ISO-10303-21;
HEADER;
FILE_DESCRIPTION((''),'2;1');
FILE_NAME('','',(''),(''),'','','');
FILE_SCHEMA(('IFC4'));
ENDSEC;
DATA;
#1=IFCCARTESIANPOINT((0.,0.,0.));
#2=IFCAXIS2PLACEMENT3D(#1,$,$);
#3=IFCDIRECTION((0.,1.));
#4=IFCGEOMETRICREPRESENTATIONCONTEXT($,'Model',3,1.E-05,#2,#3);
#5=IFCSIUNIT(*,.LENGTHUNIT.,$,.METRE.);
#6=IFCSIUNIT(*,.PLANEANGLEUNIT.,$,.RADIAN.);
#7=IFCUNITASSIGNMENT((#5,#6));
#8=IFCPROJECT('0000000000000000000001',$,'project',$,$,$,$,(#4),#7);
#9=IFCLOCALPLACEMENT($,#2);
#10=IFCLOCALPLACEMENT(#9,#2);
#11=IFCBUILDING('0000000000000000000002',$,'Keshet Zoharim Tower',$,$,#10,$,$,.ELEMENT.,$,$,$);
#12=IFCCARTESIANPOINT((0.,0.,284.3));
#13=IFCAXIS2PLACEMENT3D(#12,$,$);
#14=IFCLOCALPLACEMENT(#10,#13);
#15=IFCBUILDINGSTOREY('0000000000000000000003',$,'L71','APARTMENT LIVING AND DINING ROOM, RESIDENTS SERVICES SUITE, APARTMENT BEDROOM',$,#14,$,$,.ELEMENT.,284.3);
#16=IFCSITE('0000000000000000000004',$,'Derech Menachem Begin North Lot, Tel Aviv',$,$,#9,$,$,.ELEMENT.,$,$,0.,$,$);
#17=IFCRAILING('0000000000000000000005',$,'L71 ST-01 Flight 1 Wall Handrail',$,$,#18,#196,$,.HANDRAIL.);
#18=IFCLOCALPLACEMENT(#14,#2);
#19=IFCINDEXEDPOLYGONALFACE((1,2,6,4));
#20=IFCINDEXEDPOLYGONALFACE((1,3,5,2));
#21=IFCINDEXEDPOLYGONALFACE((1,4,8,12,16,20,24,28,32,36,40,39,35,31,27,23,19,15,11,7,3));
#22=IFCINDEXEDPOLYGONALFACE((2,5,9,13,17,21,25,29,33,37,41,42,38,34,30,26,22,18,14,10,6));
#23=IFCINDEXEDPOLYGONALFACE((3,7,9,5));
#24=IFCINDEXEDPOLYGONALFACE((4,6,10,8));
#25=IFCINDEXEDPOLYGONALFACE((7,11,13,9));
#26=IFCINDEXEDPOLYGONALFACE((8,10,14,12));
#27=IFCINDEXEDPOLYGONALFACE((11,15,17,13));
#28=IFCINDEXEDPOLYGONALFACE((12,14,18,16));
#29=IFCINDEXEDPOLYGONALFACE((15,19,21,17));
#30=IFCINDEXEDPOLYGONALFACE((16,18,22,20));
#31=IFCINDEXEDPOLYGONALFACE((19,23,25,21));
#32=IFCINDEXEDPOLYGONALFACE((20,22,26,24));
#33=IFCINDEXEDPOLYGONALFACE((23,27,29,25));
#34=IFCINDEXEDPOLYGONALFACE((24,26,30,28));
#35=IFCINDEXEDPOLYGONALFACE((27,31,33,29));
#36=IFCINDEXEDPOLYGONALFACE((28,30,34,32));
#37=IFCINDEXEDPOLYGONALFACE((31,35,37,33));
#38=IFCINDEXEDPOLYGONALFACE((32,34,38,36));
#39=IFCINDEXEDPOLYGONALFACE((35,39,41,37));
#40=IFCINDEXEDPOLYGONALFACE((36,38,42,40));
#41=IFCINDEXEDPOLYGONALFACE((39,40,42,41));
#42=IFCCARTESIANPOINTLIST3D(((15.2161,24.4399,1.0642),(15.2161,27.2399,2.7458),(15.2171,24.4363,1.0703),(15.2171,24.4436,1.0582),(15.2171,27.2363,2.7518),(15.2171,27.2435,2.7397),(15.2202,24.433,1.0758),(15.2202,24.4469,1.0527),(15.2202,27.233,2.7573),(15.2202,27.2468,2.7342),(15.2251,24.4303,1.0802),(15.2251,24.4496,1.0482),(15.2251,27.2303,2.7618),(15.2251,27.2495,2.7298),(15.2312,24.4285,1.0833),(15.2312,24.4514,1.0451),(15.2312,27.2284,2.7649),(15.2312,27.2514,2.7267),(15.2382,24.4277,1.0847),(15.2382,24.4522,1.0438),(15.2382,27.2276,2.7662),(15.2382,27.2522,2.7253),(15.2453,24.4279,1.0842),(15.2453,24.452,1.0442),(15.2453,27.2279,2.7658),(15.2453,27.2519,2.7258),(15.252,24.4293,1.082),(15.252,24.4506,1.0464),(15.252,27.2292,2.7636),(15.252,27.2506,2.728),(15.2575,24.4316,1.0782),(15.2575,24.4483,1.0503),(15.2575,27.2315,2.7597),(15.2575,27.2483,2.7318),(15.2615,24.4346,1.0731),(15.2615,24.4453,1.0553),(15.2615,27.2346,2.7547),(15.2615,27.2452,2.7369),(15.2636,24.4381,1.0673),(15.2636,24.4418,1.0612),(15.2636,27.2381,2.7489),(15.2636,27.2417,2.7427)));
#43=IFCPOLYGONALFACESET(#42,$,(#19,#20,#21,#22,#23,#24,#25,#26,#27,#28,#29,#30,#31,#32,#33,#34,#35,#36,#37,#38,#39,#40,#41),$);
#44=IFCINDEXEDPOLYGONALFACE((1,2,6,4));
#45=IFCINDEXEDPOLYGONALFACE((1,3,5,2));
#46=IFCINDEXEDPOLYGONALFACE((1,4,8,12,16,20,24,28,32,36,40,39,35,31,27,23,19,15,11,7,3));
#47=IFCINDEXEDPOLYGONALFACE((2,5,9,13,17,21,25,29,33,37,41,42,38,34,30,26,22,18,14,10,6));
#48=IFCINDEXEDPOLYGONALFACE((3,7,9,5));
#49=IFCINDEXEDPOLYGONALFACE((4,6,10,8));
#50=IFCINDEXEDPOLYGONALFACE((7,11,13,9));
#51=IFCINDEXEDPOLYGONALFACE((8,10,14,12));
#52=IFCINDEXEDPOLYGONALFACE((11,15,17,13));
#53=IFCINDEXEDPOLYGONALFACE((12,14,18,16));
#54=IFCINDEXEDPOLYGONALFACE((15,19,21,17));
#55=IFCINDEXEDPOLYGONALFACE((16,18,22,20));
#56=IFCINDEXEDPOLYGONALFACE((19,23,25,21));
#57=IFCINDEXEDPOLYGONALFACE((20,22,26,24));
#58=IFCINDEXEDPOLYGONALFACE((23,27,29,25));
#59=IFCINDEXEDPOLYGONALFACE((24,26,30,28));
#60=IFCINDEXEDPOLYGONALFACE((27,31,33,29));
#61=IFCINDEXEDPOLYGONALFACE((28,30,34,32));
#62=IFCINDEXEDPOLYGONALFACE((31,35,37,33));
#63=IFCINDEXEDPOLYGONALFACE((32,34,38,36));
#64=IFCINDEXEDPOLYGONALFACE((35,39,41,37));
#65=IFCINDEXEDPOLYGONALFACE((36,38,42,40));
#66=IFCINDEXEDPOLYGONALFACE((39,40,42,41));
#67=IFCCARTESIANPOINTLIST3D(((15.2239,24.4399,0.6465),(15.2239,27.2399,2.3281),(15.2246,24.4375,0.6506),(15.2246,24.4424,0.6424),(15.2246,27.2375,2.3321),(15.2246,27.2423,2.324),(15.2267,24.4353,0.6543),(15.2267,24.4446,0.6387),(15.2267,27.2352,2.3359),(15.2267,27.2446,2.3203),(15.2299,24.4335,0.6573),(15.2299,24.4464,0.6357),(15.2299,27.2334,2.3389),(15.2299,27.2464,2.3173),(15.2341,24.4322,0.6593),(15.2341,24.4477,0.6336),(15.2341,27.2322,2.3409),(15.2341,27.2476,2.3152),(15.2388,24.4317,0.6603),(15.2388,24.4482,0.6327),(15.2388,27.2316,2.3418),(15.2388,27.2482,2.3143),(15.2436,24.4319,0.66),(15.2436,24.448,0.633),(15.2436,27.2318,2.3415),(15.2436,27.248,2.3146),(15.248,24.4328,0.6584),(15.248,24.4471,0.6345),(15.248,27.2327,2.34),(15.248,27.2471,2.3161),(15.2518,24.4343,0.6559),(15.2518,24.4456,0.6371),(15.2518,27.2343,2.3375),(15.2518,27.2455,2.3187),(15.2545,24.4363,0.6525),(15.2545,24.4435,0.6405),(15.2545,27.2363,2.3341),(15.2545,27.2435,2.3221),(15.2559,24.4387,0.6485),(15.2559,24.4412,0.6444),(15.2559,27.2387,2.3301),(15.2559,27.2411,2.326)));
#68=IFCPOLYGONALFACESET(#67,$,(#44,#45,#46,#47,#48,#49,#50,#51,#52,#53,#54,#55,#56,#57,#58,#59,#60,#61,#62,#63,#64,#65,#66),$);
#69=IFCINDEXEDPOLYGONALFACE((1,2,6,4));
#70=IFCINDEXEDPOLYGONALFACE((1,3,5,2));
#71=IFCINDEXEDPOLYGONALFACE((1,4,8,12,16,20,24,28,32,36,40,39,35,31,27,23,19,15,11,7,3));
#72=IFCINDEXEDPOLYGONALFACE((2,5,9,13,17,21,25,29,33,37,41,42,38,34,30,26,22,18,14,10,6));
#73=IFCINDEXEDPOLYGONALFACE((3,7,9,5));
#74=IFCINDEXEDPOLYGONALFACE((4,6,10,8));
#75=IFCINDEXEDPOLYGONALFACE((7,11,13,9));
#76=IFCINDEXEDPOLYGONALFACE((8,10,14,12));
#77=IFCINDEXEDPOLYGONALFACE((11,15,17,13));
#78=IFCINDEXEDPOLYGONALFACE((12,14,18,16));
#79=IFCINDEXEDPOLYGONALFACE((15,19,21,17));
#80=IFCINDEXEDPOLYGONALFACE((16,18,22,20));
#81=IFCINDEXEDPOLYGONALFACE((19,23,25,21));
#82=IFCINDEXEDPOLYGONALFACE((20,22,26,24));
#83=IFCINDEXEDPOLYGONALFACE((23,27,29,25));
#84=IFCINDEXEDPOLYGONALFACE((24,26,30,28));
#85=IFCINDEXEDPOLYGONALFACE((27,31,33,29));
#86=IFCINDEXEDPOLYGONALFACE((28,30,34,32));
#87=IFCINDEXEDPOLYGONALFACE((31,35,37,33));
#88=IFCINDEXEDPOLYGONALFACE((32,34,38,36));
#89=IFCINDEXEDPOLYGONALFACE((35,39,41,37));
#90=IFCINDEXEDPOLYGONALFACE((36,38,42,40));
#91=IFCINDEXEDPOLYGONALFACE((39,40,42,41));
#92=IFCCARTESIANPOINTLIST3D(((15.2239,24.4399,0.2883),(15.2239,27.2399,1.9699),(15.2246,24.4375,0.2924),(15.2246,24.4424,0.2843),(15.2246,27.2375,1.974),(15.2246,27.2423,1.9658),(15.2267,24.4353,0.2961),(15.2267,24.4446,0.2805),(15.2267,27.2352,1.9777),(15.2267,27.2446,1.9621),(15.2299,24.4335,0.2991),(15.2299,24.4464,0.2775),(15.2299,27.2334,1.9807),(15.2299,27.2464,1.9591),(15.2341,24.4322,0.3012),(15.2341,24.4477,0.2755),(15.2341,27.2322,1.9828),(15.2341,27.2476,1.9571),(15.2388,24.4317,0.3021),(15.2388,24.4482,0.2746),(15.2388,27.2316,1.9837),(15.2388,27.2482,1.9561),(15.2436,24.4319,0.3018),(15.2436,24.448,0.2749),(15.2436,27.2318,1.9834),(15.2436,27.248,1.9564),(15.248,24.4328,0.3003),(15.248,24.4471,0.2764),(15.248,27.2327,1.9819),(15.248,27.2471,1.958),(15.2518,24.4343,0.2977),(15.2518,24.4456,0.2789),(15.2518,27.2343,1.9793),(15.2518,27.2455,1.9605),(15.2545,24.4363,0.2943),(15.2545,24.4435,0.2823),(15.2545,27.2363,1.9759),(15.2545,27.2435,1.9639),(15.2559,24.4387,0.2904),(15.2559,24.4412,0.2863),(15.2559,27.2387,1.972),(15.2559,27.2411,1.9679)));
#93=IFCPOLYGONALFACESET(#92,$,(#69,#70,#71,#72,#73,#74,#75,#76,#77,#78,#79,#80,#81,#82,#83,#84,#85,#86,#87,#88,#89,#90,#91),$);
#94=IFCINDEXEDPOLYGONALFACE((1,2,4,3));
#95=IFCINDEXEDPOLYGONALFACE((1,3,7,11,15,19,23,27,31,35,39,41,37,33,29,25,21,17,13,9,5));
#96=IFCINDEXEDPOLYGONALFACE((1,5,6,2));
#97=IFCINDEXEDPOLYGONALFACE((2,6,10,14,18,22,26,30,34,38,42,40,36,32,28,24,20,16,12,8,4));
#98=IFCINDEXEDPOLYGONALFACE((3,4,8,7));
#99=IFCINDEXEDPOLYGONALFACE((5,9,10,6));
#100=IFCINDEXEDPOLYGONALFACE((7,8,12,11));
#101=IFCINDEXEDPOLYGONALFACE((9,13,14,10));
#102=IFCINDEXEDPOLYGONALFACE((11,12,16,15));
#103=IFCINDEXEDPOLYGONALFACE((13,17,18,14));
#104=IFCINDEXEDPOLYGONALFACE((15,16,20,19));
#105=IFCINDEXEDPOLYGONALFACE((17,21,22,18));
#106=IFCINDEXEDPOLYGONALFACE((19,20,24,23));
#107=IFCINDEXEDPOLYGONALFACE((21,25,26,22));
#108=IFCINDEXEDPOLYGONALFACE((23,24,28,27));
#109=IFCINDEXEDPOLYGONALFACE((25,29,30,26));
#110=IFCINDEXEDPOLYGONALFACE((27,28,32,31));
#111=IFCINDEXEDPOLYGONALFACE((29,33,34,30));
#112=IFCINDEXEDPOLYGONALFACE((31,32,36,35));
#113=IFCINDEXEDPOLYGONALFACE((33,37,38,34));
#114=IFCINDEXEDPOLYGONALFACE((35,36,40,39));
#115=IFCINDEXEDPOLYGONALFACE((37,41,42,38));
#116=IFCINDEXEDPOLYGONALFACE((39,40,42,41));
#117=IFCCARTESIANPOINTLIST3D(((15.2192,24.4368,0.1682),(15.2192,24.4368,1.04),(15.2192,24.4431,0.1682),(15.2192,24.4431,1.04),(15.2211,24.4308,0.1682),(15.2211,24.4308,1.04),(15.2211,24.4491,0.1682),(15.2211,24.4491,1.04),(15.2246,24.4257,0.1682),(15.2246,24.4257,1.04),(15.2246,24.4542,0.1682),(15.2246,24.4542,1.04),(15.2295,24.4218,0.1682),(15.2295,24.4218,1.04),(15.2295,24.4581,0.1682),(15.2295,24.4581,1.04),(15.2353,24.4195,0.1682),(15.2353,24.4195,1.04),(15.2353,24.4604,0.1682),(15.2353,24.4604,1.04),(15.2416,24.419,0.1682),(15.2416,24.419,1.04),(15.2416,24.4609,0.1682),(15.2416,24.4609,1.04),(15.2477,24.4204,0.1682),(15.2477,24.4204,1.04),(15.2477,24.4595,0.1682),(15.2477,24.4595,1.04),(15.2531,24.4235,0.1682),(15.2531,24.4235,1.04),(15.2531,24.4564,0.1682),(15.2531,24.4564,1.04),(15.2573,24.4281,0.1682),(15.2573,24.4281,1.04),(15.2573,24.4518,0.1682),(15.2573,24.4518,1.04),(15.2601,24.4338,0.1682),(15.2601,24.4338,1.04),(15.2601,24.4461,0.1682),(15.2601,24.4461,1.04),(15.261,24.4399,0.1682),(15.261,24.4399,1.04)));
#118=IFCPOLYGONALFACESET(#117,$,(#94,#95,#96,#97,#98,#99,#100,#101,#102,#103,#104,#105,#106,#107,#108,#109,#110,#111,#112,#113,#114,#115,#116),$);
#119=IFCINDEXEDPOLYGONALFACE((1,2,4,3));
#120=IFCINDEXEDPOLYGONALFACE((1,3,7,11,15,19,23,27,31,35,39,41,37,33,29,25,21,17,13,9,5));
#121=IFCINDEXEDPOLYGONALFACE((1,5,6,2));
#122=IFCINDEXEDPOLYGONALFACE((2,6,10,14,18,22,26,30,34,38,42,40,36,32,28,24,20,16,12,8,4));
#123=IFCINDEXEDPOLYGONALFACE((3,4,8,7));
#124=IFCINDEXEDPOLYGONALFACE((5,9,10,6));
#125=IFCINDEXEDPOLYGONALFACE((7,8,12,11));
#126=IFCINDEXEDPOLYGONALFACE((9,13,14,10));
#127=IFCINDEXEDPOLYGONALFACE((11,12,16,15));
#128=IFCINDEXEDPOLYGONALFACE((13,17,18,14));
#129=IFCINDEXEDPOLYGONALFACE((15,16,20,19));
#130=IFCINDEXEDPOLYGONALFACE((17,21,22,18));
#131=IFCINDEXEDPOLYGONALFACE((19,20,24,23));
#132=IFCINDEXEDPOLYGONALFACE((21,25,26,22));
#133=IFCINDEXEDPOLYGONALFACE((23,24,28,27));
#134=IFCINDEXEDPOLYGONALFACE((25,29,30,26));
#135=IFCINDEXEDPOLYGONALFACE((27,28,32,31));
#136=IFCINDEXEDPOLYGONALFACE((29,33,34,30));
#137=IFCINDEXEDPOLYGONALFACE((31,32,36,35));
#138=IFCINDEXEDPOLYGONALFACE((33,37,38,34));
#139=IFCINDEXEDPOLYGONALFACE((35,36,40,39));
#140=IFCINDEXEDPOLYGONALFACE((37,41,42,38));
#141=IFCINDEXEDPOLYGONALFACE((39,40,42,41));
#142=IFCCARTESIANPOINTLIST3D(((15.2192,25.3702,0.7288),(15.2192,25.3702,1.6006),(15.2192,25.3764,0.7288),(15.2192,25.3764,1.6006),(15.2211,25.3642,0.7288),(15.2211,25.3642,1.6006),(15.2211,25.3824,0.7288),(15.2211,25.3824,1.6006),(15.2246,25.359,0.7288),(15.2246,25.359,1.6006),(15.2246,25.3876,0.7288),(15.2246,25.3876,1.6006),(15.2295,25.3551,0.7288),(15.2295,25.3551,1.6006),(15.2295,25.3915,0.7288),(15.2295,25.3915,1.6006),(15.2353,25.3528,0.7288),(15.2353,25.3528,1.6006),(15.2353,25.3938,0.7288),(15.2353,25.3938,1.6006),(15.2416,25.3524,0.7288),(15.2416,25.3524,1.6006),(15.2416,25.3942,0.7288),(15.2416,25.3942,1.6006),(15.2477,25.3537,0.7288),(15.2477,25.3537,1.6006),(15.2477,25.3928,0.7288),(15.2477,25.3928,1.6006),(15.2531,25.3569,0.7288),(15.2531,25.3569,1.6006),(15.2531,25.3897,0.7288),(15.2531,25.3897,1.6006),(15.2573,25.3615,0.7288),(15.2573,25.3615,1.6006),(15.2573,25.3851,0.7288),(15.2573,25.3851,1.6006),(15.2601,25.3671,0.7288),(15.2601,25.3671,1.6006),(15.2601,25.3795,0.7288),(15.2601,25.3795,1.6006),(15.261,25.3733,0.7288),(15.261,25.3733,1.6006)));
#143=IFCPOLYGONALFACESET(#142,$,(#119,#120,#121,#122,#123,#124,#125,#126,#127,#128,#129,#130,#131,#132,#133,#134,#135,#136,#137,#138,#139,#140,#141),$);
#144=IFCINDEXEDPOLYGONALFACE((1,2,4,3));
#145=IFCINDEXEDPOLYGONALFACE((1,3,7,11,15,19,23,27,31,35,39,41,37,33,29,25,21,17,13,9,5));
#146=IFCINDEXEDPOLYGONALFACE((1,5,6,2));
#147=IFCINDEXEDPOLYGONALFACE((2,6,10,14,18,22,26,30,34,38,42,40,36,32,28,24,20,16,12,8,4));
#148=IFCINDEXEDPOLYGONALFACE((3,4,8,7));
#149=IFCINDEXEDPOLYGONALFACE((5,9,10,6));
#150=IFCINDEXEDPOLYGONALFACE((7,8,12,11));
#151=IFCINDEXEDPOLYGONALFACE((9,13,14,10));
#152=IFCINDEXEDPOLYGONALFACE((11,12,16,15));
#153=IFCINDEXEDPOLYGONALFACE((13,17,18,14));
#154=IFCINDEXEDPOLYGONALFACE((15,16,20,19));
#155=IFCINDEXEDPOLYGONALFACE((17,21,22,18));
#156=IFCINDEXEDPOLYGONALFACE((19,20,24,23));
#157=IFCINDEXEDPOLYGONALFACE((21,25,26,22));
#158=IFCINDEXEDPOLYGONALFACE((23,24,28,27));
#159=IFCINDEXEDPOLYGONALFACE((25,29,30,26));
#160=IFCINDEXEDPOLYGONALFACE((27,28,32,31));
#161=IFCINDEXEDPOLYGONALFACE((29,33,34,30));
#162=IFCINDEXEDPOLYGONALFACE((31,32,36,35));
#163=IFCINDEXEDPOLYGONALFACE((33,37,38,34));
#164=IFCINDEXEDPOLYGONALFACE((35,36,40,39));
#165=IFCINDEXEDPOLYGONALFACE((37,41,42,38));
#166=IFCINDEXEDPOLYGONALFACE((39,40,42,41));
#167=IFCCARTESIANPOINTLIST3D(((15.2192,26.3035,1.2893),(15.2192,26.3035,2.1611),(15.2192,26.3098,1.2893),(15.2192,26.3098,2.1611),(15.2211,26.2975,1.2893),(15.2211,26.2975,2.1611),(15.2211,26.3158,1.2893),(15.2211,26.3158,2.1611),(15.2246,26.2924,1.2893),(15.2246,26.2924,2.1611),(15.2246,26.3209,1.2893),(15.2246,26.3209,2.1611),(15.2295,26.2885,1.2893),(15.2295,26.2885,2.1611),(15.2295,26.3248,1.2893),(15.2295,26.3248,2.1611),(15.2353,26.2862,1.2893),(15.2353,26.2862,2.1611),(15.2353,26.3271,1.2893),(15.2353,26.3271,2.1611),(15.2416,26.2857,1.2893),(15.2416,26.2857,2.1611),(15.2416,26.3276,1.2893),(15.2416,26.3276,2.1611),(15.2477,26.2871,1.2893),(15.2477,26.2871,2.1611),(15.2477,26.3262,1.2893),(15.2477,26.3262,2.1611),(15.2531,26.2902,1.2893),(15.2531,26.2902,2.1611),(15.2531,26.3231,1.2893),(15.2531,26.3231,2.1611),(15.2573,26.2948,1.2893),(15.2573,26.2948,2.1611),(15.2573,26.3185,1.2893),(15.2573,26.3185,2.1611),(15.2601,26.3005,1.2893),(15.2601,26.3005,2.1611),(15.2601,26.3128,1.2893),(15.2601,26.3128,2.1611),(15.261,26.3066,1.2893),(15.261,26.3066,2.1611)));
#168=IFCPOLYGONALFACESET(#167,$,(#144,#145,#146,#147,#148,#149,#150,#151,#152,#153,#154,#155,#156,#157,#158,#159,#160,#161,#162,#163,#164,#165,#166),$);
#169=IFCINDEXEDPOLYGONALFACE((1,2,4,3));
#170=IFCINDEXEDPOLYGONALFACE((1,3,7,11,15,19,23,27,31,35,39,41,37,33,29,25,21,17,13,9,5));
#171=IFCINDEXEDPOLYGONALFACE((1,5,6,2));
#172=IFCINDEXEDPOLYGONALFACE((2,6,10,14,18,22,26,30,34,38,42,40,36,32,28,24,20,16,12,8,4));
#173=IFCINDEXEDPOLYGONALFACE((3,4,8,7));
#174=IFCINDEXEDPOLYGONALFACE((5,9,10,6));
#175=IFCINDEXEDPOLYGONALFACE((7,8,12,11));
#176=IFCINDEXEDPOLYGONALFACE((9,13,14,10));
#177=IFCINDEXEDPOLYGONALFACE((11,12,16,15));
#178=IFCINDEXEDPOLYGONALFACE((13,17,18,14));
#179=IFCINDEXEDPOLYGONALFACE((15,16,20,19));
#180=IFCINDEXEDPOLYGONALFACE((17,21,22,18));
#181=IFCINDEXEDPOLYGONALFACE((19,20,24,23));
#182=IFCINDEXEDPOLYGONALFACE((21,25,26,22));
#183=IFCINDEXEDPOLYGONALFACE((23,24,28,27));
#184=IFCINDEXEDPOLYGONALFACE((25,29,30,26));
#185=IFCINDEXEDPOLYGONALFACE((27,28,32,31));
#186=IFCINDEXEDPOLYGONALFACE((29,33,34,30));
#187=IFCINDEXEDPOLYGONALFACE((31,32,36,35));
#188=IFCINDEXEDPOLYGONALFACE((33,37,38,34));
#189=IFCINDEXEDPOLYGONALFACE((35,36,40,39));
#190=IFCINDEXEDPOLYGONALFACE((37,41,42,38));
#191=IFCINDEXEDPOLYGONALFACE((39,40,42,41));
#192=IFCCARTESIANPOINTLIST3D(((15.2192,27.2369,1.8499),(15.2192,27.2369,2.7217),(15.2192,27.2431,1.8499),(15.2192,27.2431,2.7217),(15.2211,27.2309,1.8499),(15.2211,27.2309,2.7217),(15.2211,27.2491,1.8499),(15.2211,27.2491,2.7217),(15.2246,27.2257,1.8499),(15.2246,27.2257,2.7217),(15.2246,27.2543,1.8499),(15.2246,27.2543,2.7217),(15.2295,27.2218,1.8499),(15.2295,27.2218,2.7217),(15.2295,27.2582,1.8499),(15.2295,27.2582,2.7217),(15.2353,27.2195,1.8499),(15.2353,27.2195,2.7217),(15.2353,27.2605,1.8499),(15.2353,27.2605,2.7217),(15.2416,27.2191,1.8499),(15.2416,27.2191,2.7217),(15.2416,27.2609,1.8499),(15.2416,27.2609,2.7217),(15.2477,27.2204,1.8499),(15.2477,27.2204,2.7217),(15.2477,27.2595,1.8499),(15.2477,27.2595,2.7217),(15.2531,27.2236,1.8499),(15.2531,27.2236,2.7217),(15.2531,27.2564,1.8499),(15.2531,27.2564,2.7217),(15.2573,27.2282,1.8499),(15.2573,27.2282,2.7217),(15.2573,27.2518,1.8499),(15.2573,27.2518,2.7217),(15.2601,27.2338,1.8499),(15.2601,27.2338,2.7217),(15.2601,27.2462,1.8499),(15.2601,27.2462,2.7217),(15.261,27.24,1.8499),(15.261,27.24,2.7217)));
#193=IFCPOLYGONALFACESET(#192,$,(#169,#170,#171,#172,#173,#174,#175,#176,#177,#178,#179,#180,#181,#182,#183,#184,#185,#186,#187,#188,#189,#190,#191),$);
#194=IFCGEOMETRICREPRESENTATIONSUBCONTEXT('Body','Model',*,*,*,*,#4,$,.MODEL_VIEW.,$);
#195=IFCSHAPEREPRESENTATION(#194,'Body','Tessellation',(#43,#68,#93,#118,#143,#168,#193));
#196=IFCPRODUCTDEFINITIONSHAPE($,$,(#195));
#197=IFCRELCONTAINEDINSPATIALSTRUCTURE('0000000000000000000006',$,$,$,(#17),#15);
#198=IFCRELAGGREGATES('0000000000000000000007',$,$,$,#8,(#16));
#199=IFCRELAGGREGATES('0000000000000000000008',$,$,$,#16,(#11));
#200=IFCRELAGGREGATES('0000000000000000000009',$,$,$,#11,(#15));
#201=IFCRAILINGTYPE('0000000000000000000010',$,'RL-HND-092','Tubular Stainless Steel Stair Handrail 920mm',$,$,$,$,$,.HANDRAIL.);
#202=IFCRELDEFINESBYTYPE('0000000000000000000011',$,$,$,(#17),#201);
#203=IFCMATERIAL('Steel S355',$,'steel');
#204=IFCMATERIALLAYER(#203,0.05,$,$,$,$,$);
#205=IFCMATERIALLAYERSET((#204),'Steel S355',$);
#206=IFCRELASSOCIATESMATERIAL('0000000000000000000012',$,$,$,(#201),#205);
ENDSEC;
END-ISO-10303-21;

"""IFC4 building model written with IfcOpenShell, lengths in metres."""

from ifc_helpers import new_model, si_unit, direction, frame, origin, origin_2d, place, context, subcontext, project, spatial, circle, extrude, material, layer, layer_set, type_object, element, save


model = new_model("IFC4")

# Units and contexts
model_context = context("Model", 3, precision=1e-05, world=origin(), true_north=direction((0.0, 1.0)))
body_context = subcontext(model_context, "Body", "Model", "MODEL_VIEW")
ifc_project = project(units=[si_unit("LENGTHUNIT", "METRE"), si_unit("PLANEANGLEUNIT", "RADIAN")], contexts=[model_context])

# Site, building, storey
site_placement = place(None, origin())
site = spatial("IfcSite", under=ifc_project, at=site_placement, Name="Derech Menachem Begin North Lot, Tel Aviv", CompositionType="ELEMENT", RefElevation=0.0)
building_placement = place(site_placement, origin())
building = spatial("IfcBuilding", under=site, at=building_placement, Name="Keshet Zoharim Tower", CompositionType="ELEMENT")
storey_placement = place(building_placement, frame((0.0, 0.0, 284.3)))
storey = spatial("IfcBuildingStorey", under=building, at=storey_placement, Name="L71", Description="APARTMENT LIVING AND DINING ROOM, RESIDENTS SERVICES SUITE, APARTMENT BEDROOM", CompositionType="ELEMENT", Elevation=284.3)

# Shared definitions
ifc_material_1 = material(Name="Steel S355", Category="steel")

# Railing
ifc_layer_1 = layer(ifc_material_1, 0.05)
ifc_layer_set_1 = layer_set([ifc_layer_1], Name="Steel S355")
railing_type_1 = type_object("IfcRailingType", Name="RL-HND-092", Description="Tubular Stainless Steel Stair Handrail 920mm", PredefinedType="HANDRAIL", material=ifc_layer_set_1)
railing_1_placement = place(storey_placement, frame((15.24, 24.4399, 0.1682)))
element("IfcRailing", 1, at=railing_1_placement, inside=storey, type_object=railing_type_1, Name="L71 ST-01 Flight 1 Wall Handrail", PredefinedType="HANDRAIL", context=body_context, shape_type="SweptSolid", body=[
    extrude(circle(Radius=0.0239, at=origin_2d()), frame((0.0, 0.0, 0.896), z_axis=(0.0, 0.857275, 0.514858), x_axis=(-1.0, 0.0, 0.0)), (0.0, 0.0, 1.0), 3.2661),
    extrude(circle(Radius=0.0161, at=origin_2d()), frame((0.0, 0.0, 0.4783), z_axis=(0.0, 0.857275, 0.514858), x_axis=(-1.0, 0.0, 0.0)), (0.0, 0.0, 1.0), 3.2661),
    extrude(circle(Radius=0.0161, at=origin_2d()), frame((0.0, 0.0, 0.1201), z_axis=(0.0, 0.857275, 0.514858), x_axis=(-1.0, 0.0, 0.0)), (0.0, 0.0, 1.0), 3.2661),
    extrude(circle(Radius=0.021, at=origin_2d()), origin(), (0.0, 0.0, 1.0), 0.8718),
    extrude(circle(Radius=0.021, at=origin_2d()), frame((0.0, 0.9333, 0.5605)), (0.0, 0.0, 1.0), 0.8718),
    extrude(circle(Radius=0.021, at=origin_2d()), frame((0.0, 1.8667, 1.1211)), (0.0, 0.0, 1.0), 0.8718),
    extrude(circle(Radius=0.021, at=origin_2d()), frame((0.0, 2.8, 1.6816)), (0.0, 0.0, 1.0), 0.8718),
])

save(model, "model.ifc")
